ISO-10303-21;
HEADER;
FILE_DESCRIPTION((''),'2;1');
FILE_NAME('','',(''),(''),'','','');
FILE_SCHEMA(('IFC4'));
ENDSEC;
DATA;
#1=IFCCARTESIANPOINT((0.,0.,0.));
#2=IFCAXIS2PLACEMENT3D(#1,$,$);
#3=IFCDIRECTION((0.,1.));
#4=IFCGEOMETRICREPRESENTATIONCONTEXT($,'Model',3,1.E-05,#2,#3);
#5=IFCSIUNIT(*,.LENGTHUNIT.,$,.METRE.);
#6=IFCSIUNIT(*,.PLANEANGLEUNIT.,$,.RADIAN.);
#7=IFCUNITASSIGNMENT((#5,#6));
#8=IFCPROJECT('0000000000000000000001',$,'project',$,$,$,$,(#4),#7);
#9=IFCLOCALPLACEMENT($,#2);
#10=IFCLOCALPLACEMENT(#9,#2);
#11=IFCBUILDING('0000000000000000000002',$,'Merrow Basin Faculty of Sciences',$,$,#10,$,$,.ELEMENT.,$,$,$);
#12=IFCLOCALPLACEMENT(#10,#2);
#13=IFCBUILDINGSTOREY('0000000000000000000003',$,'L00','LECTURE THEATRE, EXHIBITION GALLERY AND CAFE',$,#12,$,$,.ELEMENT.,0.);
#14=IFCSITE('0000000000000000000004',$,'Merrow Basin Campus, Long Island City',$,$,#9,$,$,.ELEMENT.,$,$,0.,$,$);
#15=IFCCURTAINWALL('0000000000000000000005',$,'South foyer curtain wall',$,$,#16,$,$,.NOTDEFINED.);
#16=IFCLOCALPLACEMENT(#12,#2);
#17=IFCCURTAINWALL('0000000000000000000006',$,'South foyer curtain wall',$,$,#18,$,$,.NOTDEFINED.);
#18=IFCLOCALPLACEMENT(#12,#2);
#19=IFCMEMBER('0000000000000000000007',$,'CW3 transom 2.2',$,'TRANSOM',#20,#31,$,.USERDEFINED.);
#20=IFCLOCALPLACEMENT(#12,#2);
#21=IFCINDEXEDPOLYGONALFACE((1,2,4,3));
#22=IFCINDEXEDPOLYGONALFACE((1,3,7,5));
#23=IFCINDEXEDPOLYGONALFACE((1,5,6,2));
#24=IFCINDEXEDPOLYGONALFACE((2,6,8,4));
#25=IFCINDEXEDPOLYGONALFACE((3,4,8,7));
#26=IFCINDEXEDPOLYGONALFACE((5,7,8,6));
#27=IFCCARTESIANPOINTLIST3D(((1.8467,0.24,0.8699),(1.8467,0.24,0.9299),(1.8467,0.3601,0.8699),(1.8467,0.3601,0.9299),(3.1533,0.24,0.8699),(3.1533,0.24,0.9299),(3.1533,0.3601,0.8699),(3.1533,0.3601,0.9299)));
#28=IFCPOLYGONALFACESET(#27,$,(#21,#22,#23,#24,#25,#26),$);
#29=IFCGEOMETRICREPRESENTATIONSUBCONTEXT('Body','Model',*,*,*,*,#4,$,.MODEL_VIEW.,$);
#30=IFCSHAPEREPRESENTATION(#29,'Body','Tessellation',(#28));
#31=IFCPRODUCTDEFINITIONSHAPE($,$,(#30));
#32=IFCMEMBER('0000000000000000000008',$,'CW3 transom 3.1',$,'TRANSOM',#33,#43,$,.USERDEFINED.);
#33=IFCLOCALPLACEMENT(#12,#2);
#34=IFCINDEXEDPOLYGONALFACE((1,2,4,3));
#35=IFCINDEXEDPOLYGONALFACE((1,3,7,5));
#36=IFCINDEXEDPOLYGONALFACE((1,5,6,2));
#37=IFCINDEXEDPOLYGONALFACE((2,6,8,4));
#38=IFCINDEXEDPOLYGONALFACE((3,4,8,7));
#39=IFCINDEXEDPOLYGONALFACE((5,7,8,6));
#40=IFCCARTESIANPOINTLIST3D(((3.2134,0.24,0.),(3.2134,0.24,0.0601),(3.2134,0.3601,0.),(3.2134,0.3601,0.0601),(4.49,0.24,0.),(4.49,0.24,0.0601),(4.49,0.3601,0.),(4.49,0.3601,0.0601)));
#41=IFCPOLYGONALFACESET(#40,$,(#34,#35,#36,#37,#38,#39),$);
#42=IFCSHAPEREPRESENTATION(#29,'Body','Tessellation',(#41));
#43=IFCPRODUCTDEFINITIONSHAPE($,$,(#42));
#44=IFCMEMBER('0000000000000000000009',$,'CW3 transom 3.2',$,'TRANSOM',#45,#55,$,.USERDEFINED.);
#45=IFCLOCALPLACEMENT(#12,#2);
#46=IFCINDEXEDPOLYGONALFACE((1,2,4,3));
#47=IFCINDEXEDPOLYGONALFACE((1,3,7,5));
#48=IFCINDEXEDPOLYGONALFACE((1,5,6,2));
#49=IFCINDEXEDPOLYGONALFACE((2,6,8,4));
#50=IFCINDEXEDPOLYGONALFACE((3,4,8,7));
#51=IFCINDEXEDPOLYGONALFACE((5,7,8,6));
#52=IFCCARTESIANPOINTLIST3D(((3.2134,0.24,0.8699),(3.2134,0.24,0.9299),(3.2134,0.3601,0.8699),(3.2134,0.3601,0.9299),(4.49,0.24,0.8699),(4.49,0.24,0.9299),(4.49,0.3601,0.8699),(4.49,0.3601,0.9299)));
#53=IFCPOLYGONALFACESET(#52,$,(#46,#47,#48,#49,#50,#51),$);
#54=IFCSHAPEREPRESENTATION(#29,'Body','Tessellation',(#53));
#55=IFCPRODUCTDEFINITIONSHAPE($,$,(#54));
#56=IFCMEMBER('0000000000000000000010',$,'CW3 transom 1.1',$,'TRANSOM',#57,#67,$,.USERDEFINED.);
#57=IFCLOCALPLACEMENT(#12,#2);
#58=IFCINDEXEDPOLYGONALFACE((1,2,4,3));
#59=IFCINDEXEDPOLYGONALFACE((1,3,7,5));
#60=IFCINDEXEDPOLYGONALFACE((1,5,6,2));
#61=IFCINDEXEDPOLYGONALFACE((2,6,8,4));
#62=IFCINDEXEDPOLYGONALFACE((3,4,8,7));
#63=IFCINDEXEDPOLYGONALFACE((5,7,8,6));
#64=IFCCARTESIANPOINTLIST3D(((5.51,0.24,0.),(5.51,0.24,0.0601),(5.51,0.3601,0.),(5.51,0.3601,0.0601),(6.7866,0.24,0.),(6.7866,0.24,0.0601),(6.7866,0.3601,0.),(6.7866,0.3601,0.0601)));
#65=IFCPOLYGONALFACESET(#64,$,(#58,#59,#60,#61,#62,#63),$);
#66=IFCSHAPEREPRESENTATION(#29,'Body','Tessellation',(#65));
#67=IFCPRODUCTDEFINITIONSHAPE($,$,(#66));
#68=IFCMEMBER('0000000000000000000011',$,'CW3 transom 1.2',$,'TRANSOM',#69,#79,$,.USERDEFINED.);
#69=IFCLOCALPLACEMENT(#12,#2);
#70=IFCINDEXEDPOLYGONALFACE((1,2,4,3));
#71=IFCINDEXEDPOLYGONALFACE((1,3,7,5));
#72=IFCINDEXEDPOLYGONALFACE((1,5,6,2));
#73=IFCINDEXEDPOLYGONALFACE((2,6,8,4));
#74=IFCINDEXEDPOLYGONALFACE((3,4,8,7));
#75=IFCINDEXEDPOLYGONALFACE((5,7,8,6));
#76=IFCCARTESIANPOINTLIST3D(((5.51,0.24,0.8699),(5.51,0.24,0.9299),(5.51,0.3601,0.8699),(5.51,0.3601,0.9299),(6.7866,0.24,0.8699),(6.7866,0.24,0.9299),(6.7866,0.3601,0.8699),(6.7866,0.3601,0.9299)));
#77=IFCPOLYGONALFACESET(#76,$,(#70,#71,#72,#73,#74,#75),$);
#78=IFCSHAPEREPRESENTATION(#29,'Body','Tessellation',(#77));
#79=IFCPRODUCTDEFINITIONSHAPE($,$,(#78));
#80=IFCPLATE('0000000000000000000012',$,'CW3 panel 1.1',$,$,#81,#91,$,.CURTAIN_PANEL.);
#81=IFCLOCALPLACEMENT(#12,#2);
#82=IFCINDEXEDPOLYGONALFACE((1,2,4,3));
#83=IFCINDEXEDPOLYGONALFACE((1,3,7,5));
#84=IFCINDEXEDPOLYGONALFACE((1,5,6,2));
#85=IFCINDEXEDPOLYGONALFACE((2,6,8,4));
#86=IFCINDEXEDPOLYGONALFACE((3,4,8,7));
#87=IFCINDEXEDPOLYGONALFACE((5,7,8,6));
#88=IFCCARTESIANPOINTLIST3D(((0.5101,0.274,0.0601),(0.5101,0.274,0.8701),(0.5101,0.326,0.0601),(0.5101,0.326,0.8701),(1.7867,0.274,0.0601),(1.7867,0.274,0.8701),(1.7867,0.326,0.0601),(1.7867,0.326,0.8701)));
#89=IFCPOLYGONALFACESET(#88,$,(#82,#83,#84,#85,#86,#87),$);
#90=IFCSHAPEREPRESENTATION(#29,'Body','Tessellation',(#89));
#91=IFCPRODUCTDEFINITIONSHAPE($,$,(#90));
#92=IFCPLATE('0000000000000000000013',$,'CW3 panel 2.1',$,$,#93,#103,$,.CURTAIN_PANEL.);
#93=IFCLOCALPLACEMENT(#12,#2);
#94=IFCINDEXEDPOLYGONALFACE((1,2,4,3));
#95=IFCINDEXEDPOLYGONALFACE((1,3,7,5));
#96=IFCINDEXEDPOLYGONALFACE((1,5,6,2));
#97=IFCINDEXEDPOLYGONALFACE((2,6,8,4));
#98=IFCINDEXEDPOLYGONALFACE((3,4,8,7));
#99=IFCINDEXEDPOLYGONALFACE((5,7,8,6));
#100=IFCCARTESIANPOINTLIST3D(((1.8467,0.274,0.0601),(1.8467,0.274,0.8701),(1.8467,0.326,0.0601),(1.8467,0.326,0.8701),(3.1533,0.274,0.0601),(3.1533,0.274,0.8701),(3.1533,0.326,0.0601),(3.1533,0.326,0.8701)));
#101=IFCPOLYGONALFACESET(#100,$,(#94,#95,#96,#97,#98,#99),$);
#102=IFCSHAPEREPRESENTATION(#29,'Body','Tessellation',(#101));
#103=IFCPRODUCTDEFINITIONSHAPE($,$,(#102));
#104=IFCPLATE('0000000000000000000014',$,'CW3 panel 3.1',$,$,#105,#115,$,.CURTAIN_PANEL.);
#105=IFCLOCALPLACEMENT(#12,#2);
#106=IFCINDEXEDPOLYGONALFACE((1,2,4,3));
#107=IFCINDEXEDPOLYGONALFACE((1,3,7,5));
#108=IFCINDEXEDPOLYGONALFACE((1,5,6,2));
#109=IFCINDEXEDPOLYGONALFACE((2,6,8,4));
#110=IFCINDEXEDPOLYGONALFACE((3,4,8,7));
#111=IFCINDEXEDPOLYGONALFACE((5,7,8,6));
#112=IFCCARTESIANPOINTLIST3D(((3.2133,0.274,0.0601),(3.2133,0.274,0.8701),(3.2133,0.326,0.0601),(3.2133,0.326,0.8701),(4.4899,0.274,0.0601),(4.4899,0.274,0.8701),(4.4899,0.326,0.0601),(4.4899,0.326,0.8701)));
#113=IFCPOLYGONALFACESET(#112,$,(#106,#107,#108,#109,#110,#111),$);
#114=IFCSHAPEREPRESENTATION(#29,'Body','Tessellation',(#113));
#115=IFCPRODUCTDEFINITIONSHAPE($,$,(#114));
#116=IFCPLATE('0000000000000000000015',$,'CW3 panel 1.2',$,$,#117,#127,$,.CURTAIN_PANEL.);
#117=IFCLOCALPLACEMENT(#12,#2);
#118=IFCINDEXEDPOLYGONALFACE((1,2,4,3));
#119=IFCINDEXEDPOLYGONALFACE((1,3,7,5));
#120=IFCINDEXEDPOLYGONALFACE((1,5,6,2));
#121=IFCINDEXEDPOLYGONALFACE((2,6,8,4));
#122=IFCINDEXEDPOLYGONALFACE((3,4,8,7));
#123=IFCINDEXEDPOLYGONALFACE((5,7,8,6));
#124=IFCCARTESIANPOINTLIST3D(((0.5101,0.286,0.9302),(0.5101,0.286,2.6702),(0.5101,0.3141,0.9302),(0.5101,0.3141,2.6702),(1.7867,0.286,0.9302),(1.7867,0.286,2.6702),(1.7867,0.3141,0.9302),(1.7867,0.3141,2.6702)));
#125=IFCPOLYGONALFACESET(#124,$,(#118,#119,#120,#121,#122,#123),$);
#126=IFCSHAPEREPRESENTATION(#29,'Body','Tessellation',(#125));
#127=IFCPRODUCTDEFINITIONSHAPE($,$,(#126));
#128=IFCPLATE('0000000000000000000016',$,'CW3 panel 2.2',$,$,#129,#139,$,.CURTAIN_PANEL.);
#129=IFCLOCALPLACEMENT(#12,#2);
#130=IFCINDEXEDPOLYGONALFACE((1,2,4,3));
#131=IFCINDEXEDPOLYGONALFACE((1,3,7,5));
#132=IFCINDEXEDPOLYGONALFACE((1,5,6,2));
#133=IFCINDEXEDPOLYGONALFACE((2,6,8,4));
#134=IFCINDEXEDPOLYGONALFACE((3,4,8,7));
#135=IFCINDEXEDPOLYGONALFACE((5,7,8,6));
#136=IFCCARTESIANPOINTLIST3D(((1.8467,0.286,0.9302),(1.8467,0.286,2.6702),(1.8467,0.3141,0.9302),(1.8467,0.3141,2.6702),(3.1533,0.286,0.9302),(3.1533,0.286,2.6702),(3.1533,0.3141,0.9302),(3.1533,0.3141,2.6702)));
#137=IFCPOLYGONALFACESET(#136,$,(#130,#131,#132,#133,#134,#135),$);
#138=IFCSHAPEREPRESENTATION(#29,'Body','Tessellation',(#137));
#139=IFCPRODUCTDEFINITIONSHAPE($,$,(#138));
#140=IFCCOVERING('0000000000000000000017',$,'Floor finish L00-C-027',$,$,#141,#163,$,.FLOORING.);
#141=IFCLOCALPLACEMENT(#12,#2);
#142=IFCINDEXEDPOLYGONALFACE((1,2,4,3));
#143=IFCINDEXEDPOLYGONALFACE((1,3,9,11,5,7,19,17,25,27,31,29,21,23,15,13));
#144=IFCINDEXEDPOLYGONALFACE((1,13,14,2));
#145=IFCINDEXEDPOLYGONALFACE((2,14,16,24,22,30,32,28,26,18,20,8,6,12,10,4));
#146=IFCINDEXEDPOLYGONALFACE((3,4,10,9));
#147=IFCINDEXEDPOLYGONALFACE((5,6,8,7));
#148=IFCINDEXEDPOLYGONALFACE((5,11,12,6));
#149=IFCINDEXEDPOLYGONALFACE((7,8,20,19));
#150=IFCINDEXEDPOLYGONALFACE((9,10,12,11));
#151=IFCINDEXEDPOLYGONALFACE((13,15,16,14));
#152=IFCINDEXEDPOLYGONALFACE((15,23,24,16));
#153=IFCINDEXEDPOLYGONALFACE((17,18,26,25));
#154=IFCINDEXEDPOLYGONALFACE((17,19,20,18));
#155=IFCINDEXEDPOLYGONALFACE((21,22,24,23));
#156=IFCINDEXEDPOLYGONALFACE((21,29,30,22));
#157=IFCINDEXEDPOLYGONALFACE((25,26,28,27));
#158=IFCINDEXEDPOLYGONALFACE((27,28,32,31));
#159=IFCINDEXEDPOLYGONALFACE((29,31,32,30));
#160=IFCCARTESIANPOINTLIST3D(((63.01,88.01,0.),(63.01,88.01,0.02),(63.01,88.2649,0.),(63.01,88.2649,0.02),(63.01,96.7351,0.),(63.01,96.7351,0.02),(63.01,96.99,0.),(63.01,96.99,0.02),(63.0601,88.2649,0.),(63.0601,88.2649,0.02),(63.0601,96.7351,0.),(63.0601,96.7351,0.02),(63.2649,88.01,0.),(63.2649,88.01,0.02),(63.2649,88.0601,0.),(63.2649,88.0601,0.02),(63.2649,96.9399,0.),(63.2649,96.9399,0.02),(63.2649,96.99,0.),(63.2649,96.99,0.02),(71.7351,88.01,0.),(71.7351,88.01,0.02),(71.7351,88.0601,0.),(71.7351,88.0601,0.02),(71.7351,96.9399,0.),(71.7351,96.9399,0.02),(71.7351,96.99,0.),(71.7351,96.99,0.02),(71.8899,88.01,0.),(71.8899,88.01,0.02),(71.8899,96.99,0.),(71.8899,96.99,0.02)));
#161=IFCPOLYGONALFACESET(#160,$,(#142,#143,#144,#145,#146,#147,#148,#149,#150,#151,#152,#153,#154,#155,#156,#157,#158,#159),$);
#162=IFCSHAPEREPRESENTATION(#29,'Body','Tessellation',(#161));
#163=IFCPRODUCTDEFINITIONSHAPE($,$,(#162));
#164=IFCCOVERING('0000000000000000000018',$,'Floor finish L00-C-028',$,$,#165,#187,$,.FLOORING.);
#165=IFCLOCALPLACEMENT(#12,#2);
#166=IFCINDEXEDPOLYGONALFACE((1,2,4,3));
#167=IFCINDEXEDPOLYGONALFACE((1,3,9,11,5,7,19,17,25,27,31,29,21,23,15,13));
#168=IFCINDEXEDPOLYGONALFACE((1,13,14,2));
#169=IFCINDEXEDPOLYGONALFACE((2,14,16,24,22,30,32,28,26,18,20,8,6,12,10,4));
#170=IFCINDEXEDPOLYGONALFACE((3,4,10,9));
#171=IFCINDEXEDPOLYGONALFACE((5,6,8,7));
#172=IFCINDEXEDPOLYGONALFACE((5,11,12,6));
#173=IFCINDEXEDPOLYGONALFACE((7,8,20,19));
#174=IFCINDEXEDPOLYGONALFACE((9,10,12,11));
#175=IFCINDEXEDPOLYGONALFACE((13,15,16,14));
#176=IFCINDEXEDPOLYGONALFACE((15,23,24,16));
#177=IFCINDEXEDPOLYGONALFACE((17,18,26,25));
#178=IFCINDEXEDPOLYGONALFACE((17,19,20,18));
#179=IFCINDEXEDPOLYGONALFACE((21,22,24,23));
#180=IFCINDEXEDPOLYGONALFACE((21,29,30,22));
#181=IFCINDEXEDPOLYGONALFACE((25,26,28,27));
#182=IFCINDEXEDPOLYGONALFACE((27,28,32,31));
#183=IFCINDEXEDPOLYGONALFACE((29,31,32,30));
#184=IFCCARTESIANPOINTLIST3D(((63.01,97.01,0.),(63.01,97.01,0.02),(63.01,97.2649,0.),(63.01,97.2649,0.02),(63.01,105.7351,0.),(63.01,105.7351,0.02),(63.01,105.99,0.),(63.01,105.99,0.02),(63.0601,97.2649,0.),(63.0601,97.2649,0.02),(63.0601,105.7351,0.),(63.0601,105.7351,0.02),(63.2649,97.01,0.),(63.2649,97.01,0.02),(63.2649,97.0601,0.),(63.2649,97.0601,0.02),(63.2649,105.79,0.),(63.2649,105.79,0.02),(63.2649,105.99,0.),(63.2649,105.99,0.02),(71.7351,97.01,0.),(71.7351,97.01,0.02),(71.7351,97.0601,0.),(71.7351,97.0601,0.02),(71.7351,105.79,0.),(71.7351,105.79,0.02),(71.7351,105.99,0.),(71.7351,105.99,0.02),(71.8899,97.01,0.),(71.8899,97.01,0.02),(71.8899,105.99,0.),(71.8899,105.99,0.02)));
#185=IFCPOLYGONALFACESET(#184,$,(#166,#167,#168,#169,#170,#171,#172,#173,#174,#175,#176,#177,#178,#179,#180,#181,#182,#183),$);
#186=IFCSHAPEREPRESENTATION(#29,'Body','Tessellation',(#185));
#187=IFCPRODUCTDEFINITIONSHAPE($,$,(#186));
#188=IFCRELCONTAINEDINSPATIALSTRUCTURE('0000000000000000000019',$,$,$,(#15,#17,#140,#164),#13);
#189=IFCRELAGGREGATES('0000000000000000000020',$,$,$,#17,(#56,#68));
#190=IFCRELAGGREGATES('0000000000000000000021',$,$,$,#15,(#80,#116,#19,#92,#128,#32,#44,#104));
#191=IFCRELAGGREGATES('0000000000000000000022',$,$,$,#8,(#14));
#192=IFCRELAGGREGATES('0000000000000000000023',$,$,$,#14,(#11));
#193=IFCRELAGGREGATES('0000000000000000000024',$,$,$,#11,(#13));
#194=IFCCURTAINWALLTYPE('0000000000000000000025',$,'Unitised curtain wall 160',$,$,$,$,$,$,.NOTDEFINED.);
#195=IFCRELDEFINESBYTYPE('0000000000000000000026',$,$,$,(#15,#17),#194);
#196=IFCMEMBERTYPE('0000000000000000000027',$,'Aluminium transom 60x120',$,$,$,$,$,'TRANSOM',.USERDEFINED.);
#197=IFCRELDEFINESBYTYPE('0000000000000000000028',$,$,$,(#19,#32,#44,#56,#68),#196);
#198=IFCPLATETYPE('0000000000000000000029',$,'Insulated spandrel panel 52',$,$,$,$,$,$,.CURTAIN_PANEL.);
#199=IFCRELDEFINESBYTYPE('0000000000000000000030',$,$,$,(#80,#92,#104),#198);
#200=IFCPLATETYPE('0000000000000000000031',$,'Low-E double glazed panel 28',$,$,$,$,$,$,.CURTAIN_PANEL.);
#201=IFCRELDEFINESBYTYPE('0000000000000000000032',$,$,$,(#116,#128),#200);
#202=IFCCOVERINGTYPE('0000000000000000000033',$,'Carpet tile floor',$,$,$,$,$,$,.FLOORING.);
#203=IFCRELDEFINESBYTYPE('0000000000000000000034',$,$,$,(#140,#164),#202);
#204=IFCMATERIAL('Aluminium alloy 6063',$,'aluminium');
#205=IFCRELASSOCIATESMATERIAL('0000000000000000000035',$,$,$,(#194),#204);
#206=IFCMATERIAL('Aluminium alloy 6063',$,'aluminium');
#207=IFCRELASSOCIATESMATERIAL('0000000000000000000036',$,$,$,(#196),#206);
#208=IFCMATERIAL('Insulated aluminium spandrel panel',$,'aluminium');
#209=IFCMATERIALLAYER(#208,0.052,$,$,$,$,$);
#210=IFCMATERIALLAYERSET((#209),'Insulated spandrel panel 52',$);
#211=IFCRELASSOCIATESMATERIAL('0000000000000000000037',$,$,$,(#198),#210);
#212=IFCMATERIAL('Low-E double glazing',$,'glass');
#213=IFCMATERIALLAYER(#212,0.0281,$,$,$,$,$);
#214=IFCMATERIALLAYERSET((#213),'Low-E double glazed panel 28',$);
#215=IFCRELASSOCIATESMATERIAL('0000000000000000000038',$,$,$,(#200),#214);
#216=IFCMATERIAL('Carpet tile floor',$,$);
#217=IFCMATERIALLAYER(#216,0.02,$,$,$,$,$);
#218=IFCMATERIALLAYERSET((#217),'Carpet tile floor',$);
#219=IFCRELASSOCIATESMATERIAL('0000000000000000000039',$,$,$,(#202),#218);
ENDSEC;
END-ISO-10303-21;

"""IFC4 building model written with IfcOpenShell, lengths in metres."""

from ifc_helpers import new_model, si_unit, direction, frame, origin, origin_2d, place, context, subcontext, project, spatial, polyline, rectangle, outline, extrude, material, layer, layer_set, material_profile, profile_set, type_object, element, aggregate, save


model = new_model("IFC4")

# Units and contexts
model_context = context("Model", 3, precision=1e-05, world=origin(), true_north=direction((0.0, 1.0)))
body_context = subcontext(model_context, "Body", "Model", "MODEL_VIEW")
ifc_project = project(units=[si_unit("LENGTHUNIT", "METRE"), si_unit("PLANEANGLEUNIT", "RADIAN")], contexts=[model_context])

# Site, building, storey
site_placement = place(None, origin())
site = spatial("IfcSite", under=ifc_project, at=site_placement, Name="Merrow Basin Campus, Long Island City", CompositionType="ELEMENT", RefElevation=0.0)
building_placement = place(site_placement, origin())
building = spatial("IfcBuilding", under=site, at=building_placement, Name="Merrow Basin Faculty of Sciences", CompositionType="ELEMENT")
storey_placement = place(building_placement, origin())
storey = spatial("IfcBuildingStorey", under=building, at=storey_placement, Name="L00", Description="LECTURE THEATRE, EXHIBITION GALLERY AND CAFE", CompositionType="ELEMENT", Elevation=0.0)

# Curtain wall
ifc_material_1 = material(Name="Aluminium alloy 6063", Category="aluminium")
curtain_wall_type = type_object("IfcCurtainWallType", Name="Unitised curtain wall 160", PredefinedType="NOTDEFINED", material=ifc_material_1)
curtain_wall_1_placement = place(storey_placement, origin())
curtain_wall_1 = element("IfcCurtainWall", 1, at=curtain_wall_1_placement, inside=storey, type_object=curtain_wall_type, Name="South foyer curtain wall", PredefinedType="NOTDEFINED")

# Curtain wall
curtain_wall_2_placement = place(storey_placement, origin())
curtain_wall_2 = element("IfcCurtainWall", 2, at=curtain_wall_2_placement, inside=storey, type_object=curtain_wall_type, Name="South foyer curtain wall", PredefinedType="NOTDEFINED")

# Members
ifc_material_2 = material(Name="Aluminium alloy 6063", Category="aluminium")
ifc_material_profile_1 = material_profile(ifc_material_2, rectangle(XDim=0.1201, YDim=0.0601, at=origin_2d()))
ifc_profile_set_1 = profile_set([ifc_material_profile_1], Name="Aluminium alloy 6063")
member_type_1 = type_object("IfcMemberType", Name="Aluminium transom 60x120", ElementType="TRANSOM", PredefinedType="USERDEFINED", material=ifc_profile_set_1)
member_1_placement = place(storey_placement, frame((1.8467, 0.3, 0.8999), z_axis=(1.0, 0.0, 0.0), x_axis=(0.0, 1.0, 0.0)))
member_1 = element("IfcMember", 3, at=member_1_placement, type_object=member_type_1, Name="CW3 transom 2.2", ObjectType="TRANSOM", PredefinedType="USERDEFINED", context=body_context, shape_type="SweptSolid", body=[
    extrude(rectangle(XDim=0.1201, YDim=0.0601, at=origin_2d()), origin(), (0.0, 0.0, 1.0), 1.3066),
])
member_2_placement = place(storey_placement, frame((3.2134, 0.3, 0.03), z_axis=(1.0, 0.0, 0.0), x_axis=(0.0, 1.0, 0.0)))
member_2 = element("IfcMember", 4, at=member_2_placement, type_object=member_type_1, Name="CW3 transom 3.1", ObjectType="TRANSOM", PredefinedType="USERDEFINED", context=body_context, shape_type="SweptSolid", body=[
    extrude(rectangle(XDim=0.1201, YDim=0.0601, at=origin_2d()), origin(), (0.0, 0.0, 1.0), 1.2766),
])
member_3_placement = place(storey_placement, frame((3.2134, 0.3, 0.8999), z_axis=(1.0, 0.0, 0.0), x_axis=(0.0, 1.0, 0.0)))
member_3 = element("IfcMember", 5, at=member_3_placement, type_object=member_type_1, Name="CW3 transom 3.2", ObjectType="TRANSOM", PredefinedType="USERDEFINED", context=body_context, shape_type="SweptSolid", body=[
    extrude(rectangle(XDim=0.1201, YDim=0.0601, at=origin_2d()), origin(), (0.0, 0.0, 1.0), 1.2766),
])
member_4_placement = place(storey_placement, frame((5.51, 0.3, 0.03), z_axis=(1.0, 0.0, 0.0), x_axis=(0.0, 1.0, 0.0)))
member_4 = element("IfcMember", 6, at=member_4_placement, type_object=member_type_1, Name="CW3 transom 1.1", ObjectType="TRANSOM", PredefinedType="USERDEFINED", context=body_context, shape_type="SweptSolid", body=[
    extrude(rectangle(XDim=0.1201, YDim=0.0601, at=origin_2d()), origin(), (0.0, 0.0, 1.0), 1.2766),
])
member_5_placement = place(storey_placement, frame((5.51, 0.3, 0.8999), z_axis=(1.0, 0.0, 0.0), x_axis=(0.0, 1.0, 0.0)))
member_5 = element("IfcMember", 7, at=member_5_placement, type_object=member_type_1, Name="CW3 transom 1.2", ObjectType="TRANSOM", PredefinedType="USERDEFINED", context=body_context, shape_type="SweptSolid", body=[
    extrude(rectangle(XDim=0.1201, YDim=0.0601, at=origin_2d()), origin(), (0.0, 0.0, 1.0), 1.2766),
])
aggregate(curtain_wall_2, [member_4, member_5])

# Plates
ifc_material_3 = material(Name="Insulated aluminium spandrel panel", Category="aluminium")
ifc_layer_1 = layer(ifc_material_3, 0.052)
ifc_layer_set_1 = layer_set([ifc_layer_1], Name="Insulated spandrel panel 52")
plate_type_1 = type_object("IfcPlateType", Name="Insulated spandrel panel 52", PredefinedType="CURTAIN_PANEL", material=ifc_layer_set_1)
plate_1_placement = place(storey_placement, frame((1.1484, 0.3, 0.0601), z_axis=(0.0, 0.0, 1.0), x_axis=(1.0, 0.0, 0.0)))
plate_1 = element("IfcPlate", 8, at=plate_1_placement, type_object=plate_type_1, Name="CW3 panel 1.1", PredefinedType="CURTAIN_PANEL", context=body_context, shape_type="SweptSolid", body=[
    extrude(rectangle(XDim=1.2766, YDim=0.052, at=origin_2d()), origin(), (0.0, 0.0, 1.0), 0.8101),
])
plate_2_placement = place(storey_placement, frame((2.5, 0.3, 0.0601), z_axis=(0.0, 0.0, 1.0), x_axis=(1.0, 0.0, 0.0)))
plate_2 = element("IfcPlate", 9, at=plate_2_placement, type_object=plate_type_1, Name="CW3 panel 2.1", PredefinedType="CURTAIN_PANEL", context=body_context, shape_type="SweptSolid", body=[
    extrude(rectangle(XDim=1.3066, YDim=0.052, at=origin_2d()), origin(), (0.0, 0.0, 1.0), 0.8101),
])
plate_3_placement = place(storey_placement, frame((3.8516, 0.3, 0.0601), z_axis=(0.0, 0.0, 1.0), x_axis=(1.0, 0.0, 0.0)))
plate_3 = element("IfcPlate", 10, at=plate_3_placement, type_object=plate_type_1, Name="CW3 panel 3.1", PredefinedType="CURTAIN_PANEL", context=body_context, shape_type="SweptSolid", body=[
    extrude(rectangle(XDim=1.2766, YDim=0.052, at=origin_2d()), origin(), (0.0, 0.0, 1.0), 0.8101),
])
ifc_material_4 = material(Name="Low-E double glazing", Category="glass")
ifc_layer_2 = layer(ifc_material_4, 0.0281)
ifc_layer_set_2 = layer_set([ifc_layer_2], Name="Low-E double glazed panel 28")
plate_type_2 = type_object("IfcPlateType", Name="Low-E double glazed panel 28", PredefinedType="CURTAIN_PANEL", material=ifc_layer_set_2)
plate_4_placement = place(storey_placement, frame((1.1484, 0.3, 0.9302), z_axis=(0.0, 0.0, 1.0), x_axis=(1.0, 0.0, 0.0)))
plate_4 = element("IfcPlate", 11, at=plate_4_placement, type_object=plate_type_2, Name="CW3 panel 1.2", PredefinedType="CURTAIN_PANEL", context=body_context, shape_type="SweptSolid", body=[
    extrude(rectangle(XDim=1.2766, YDim=0.0281, at=origin_2d()), origin(), (0.0, 0.0, 1.0), 1.74),
])
plate_5_placement = place(storey_placement, frame((2.5, 0.3, 0.9302), z_axis=(0.0, 0.0, 1.0), x_axis=(1.0, 0.0, 0.0)))
plate_5 = element("IfcPlate", 12, at=plate_5_placement, type_object=plate_type_2, Name="CW3 panel 2.2", PredefinedType="CURTAIN_PANEL", context=body_context, shape_type="SweptSolid", body=[
    extrude(rectangle(XDim=1.3066, YDim=0.0281, at=origin_2d()), origin(), (0.0, 0.0, 1.0), 1.74),
])
aggregate(curtain_wall_1, [plate_1, plate_4, member_1, plate_2, plate_5, member_2, member_3, plate_3])

# Coverings
ifc_material_5 = material(Name="Carpet tile floor")
ifc_layer_3 = layer(ifc_material_5, 0.02)
ifc_layer_set_3 = layer_set([ifc_layer_3], Name="Carpet tile floor")
covering_type_1 = type_object("IfcCoveringType", Name="Carpet tile floor", PredefinedType="FLOORING", material=ifc_layer_set_3)
covering_1_placement = place(storey_placement, origin())
element("IfcCovering", 13, at=covering_1_placement, inside=storey, type_object=covering_type_1, Name="Floor finish L00-C-027", PredefinedType="FLOORING", context=body_context, shape_type="SweptSolid", body=[
    extrude(outline(polyline([(63.01, 88.2649), (63.0601, 88.2649), (63.0601, 96.7351), (63.01, 96.7351), (63.01, 96.99), (63.2649, 96.99), (63.2649, 96.9399), (71.7351, 96.9399), (71.7351, 96.99), (71.8899, 96.99), (71.8899, 88.01), (71.7351, 88.01), (71.7351, 88.0601), (63.2649, 88.0601), (63.2649, 88.01), (63.01, 88.01), (63.01, 88.2649)])), origin(), (0.0, 0.0, 1.0), 0.02),
])
covering_2_placement = place(storey_placement, origin())
element("IfcCovering", 14, at=covering_2_placement, inside=storey, type_object=covering_type_1, Name="Floor finish L00-C-028", PredefinedType="FLOORING", context=body_context, shape_type="SweptSolid", body=[
    extrude(outline(polyline([(63.01, 97.2649), (63.0601, 97.2649), (63.0601, 105.7351), (63.01, 105.7351), (63.01, 105.99), (63.2649, 105.99), (63.2649, 105.79), (71.7351, 105.79), (71.7351, 105.99), (71.8899, 105.99), (71.8899, 97.01), (71.7351, 97.01), (71.7351, 97.0601), (63.2649, 97.0601), (63.2649, 97.01), (63.01, 97.01), (63.01, 97.2649)])), origin(), (0.0, 0.0, 1.0), 0.02),
])

save(model, "model.ifc")
